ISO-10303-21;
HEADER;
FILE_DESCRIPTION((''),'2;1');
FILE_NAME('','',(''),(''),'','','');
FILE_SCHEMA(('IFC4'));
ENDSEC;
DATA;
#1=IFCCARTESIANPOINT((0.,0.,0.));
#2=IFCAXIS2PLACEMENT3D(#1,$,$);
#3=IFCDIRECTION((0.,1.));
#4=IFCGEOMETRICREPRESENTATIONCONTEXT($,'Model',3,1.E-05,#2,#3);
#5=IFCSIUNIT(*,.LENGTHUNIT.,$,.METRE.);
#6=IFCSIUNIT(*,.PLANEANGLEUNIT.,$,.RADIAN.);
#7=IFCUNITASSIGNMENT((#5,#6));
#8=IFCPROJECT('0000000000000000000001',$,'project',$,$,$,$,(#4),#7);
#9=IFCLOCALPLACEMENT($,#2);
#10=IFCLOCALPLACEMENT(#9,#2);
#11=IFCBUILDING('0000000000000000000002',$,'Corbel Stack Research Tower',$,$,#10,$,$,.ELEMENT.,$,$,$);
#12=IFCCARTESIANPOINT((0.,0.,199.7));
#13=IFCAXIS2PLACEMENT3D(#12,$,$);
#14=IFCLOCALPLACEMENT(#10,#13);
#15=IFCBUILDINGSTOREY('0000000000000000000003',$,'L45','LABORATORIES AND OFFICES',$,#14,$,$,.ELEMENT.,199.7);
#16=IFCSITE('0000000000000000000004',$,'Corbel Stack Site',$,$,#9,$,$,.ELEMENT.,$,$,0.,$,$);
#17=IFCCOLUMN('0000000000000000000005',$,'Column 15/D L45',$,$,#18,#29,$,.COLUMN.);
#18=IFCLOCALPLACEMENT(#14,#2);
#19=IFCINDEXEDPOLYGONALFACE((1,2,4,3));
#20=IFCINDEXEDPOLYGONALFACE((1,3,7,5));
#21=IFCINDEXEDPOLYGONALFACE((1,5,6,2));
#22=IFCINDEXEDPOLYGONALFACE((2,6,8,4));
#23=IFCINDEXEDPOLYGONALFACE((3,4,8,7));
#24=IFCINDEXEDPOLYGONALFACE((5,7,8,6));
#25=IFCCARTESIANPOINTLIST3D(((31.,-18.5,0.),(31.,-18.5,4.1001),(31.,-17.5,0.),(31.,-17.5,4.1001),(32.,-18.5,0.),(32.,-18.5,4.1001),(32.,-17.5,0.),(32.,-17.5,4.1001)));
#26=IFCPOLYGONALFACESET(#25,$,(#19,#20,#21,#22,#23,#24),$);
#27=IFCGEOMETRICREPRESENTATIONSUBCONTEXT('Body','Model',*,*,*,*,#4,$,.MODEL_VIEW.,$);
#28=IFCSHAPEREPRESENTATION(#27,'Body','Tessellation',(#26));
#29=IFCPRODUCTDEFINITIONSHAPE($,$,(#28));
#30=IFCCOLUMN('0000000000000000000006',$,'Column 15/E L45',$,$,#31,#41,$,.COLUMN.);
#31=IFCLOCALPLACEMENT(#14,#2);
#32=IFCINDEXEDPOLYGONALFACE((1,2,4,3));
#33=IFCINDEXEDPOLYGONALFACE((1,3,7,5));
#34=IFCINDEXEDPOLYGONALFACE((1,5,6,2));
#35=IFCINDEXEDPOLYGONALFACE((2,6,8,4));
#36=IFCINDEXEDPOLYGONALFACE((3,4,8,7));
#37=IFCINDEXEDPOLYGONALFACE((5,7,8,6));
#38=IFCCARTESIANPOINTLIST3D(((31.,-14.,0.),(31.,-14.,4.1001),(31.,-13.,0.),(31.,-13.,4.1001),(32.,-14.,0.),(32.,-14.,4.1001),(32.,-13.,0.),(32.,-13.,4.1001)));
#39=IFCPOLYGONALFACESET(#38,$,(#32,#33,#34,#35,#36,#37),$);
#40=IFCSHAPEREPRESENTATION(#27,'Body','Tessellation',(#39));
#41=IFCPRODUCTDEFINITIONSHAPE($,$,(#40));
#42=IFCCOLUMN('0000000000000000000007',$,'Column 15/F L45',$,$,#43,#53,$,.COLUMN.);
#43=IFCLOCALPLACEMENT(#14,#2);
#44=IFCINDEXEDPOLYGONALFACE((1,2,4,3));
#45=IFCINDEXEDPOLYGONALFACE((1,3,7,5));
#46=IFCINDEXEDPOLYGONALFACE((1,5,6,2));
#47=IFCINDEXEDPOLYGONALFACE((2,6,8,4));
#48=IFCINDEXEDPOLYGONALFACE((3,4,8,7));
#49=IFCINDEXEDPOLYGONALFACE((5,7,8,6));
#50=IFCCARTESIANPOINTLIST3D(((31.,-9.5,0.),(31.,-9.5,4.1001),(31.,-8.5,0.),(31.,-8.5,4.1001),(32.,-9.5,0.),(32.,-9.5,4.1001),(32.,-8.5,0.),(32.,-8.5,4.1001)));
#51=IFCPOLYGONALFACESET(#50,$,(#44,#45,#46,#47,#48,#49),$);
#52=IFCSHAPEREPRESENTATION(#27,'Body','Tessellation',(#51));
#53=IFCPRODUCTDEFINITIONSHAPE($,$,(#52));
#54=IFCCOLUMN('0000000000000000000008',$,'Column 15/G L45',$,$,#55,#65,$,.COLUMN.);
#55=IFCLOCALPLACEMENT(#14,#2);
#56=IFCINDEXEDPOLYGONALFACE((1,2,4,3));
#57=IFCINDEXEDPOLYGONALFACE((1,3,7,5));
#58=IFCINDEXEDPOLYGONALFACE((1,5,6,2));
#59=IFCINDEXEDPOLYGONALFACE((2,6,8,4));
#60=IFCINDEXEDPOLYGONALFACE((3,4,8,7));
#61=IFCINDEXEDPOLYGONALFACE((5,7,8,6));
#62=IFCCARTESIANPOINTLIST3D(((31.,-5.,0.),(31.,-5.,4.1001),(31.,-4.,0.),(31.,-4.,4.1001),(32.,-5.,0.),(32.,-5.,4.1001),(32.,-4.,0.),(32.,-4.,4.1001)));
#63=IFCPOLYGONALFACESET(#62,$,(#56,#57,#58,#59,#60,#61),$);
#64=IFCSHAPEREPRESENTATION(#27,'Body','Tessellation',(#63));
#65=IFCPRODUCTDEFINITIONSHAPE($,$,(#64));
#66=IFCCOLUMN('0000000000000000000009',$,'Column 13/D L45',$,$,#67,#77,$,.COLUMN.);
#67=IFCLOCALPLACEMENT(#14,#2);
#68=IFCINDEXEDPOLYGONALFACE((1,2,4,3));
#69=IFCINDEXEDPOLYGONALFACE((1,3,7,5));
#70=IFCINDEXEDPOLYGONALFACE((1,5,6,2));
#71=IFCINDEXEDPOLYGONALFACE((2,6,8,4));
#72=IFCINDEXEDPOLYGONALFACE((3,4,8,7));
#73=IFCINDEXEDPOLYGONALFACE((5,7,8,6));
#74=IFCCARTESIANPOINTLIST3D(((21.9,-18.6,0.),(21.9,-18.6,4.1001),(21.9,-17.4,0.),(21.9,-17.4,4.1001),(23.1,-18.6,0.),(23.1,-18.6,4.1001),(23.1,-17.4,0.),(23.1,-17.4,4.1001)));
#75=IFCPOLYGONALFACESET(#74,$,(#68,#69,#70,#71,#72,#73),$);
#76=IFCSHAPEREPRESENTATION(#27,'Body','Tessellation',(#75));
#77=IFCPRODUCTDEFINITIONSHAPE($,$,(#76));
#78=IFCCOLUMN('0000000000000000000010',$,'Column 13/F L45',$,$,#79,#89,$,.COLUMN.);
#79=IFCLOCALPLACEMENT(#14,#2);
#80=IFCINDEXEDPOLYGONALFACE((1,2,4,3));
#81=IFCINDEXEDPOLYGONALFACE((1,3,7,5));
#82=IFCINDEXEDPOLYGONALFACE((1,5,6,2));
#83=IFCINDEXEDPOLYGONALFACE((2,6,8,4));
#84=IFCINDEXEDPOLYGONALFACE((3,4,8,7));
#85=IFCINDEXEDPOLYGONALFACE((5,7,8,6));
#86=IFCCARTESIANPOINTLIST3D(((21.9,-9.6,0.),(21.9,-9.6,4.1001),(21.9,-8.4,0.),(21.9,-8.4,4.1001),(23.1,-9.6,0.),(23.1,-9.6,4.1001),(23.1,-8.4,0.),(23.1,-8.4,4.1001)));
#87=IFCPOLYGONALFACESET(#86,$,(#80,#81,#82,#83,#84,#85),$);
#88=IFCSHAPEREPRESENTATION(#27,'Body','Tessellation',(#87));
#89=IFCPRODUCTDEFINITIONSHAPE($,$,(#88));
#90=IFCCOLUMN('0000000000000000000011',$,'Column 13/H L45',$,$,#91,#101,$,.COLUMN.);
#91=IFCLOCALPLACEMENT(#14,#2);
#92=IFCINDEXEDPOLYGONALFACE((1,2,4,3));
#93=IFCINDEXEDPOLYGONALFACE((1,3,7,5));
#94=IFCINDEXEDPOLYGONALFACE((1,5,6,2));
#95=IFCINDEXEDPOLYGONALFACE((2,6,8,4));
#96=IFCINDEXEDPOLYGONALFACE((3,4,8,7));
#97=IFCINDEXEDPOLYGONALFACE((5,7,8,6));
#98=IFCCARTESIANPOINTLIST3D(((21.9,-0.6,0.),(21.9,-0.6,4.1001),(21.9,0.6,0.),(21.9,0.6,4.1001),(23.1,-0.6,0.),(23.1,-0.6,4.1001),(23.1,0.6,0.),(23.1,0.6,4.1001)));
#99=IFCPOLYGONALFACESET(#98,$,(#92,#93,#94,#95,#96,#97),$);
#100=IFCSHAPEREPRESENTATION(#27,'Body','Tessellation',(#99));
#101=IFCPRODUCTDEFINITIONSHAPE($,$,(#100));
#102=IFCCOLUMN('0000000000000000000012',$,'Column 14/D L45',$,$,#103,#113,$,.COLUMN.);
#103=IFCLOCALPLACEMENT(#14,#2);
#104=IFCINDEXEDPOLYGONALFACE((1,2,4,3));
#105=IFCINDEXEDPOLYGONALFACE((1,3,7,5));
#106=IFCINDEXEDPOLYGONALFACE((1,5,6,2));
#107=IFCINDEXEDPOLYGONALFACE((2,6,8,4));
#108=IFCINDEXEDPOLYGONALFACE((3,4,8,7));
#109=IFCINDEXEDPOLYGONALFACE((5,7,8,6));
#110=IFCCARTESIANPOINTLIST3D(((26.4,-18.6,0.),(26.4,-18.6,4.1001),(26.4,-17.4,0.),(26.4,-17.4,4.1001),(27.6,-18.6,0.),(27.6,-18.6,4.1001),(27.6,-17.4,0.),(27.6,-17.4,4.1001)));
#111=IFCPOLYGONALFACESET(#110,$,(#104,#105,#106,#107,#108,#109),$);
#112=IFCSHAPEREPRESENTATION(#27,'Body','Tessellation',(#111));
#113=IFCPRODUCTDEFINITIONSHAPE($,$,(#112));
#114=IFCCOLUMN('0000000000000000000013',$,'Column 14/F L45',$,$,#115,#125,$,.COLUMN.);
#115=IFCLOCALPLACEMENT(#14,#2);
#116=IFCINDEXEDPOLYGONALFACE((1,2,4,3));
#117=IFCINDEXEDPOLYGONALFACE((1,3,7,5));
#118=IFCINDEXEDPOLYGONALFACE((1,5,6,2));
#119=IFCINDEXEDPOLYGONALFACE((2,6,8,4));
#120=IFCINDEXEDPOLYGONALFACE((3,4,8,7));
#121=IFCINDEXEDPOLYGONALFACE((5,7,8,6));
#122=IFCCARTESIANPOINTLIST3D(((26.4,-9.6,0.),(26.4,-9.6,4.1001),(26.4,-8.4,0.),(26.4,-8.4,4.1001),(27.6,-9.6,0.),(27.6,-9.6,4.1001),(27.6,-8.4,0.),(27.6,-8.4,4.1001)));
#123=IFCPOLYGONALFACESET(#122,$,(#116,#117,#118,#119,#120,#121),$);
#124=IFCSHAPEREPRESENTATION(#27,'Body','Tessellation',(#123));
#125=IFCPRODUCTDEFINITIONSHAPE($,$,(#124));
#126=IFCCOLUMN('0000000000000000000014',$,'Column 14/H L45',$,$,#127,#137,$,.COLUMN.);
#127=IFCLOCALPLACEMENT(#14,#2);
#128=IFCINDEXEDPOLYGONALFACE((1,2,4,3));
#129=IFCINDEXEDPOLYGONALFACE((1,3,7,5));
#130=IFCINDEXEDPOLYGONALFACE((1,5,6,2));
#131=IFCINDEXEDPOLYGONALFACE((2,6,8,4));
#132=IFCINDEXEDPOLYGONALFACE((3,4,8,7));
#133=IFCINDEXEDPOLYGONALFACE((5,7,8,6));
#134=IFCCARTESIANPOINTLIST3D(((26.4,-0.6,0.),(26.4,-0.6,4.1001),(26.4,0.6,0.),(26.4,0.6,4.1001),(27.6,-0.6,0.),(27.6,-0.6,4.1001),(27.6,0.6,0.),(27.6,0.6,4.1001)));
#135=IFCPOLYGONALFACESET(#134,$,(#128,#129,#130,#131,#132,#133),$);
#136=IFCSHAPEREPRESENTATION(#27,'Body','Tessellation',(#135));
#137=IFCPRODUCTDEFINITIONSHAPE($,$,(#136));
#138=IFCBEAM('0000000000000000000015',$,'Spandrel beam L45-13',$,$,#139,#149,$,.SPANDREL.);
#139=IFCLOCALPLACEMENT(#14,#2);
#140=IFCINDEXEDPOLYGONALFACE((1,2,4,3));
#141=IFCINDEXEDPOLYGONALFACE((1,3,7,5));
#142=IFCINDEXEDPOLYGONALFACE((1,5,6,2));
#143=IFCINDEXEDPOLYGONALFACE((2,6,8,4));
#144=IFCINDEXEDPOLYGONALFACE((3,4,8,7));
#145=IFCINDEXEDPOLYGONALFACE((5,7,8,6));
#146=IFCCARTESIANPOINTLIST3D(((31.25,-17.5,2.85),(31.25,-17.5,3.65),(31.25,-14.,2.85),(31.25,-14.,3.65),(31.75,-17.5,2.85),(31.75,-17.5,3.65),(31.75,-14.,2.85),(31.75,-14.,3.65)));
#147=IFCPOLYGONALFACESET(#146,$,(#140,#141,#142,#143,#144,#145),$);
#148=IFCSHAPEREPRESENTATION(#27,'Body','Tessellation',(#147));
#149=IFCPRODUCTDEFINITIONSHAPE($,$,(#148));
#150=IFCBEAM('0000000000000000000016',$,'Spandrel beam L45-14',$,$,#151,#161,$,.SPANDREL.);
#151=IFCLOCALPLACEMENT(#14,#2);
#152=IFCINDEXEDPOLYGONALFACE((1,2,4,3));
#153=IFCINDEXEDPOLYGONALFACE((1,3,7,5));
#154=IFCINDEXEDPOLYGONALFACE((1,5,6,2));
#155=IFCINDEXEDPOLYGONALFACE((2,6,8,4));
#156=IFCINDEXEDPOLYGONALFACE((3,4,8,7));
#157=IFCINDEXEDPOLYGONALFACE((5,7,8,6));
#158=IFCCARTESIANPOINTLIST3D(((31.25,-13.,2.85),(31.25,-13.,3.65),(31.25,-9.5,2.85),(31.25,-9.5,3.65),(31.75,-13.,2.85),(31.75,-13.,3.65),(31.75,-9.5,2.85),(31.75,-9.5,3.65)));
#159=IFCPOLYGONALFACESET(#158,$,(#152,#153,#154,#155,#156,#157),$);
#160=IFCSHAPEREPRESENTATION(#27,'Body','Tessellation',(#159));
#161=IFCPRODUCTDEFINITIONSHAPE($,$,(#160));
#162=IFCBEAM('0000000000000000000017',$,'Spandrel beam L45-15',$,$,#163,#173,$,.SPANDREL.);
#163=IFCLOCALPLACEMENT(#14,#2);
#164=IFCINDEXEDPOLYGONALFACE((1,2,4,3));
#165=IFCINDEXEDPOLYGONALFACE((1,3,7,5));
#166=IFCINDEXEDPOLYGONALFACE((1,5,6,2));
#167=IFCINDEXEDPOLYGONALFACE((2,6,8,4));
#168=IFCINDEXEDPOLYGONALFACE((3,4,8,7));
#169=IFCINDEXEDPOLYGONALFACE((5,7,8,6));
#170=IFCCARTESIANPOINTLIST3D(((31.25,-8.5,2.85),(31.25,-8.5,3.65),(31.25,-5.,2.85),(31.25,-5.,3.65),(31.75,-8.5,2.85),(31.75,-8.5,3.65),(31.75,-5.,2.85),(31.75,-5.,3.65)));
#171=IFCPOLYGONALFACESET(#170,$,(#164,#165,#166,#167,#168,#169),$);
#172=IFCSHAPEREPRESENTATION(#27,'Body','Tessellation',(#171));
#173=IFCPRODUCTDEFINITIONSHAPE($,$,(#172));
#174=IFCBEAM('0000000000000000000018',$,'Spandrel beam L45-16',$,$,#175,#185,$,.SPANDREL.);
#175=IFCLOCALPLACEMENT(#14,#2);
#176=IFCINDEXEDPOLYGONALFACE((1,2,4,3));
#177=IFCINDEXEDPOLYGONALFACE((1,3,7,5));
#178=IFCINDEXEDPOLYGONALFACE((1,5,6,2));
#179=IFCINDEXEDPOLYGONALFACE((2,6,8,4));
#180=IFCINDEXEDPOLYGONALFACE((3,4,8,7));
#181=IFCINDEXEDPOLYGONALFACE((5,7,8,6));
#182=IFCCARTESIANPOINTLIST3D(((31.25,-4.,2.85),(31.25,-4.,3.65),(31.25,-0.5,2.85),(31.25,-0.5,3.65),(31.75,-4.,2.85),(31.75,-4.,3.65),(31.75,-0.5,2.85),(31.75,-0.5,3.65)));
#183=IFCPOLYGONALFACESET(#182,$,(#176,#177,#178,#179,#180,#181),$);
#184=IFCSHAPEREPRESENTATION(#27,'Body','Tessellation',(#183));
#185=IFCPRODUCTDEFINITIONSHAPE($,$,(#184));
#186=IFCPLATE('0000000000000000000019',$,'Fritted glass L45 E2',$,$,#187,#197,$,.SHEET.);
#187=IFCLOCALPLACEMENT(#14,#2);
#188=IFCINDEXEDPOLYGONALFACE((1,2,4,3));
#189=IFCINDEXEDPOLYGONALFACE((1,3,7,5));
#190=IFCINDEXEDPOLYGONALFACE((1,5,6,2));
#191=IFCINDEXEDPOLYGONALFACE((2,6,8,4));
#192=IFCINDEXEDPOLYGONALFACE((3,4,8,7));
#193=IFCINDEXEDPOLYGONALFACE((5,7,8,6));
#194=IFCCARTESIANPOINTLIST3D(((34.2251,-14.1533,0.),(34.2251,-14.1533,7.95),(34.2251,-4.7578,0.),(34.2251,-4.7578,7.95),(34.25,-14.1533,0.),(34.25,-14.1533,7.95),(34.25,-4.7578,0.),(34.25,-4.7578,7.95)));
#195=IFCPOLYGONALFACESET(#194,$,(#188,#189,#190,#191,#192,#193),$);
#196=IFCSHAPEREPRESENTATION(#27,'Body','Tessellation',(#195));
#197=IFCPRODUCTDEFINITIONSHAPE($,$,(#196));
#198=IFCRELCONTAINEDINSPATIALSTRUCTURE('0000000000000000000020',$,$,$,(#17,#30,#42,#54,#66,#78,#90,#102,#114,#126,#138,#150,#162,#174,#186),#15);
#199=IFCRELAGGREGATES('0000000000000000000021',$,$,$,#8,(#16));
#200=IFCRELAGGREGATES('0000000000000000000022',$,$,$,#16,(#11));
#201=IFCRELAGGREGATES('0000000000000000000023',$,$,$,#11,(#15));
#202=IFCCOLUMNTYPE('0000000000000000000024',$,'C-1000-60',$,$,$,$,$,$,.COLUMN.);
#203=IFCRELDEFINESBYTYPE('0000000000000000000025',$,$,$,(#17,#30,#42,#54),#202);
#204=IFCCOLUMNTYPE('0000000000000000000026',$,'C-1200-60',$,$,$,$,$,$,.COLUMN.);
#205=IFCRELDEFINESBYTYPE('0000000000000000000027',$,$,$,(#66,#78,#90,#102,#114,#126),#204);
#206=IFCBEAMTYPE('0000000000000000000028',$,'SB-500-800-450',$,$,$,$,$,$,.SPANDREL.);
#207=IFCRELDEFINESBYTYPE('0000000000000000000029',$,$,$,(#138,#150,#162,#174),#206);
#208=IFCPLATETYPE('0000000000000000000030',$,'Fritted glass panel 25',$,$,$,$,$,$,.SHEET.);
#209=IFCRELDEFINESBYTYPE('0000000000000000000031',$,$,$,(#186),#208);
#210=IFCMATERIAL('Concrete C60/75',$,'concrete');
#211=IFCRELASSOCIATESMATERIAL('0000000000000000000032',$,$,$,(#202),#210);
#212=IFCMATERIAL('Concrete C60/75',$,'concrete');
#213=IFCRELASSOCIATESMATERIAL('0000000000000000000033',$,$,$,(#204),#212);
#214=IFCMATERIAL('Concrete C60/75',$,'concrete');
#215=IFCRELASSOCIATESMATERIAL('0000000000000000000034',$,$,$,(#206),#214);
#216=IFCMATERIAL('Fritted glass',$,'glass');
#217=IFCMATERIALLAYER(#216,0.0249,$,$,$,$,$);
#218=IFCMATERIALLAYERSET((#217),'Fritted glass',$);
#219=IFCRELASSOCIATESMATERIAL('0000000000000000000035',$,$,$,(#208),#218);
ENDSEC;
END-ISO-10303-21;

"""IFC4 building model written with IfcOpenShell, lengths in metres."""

from ifc_helpers import new_model, si_unit, direction, frame, origin, origin_2d, place, context, subcontext, project, spatial, rectangle, extrude, material, layer, layer_set, material_profile, profile_set, type_object, element, save


model = new_model("IFC4")

# Units and contexts
model_context = context("Model", 3, precision=1e-05, world=origin(), true_north=direction((0.0, 1.0)))
body_context = subcontext(model_context, "Body", "Model", "MODEL_VIEW")
ifc_project = project(units=[si_unit("LENGTHUNIT", "METRE"), si_unit("PLANEANGLEUNIT", "RADIAN")], contexts=[model_context])

# Site, building, storey
site_placement = place(None, origin())
site = spatial("IfcSite", under=ifc_project, at=site_placement, Name="Corbel Stack Site", CompositionType="ELEMENT", RefElevation=0.0)
building_placement = place(site_placement, origin())
building = spatial("IfcBuilding", under=site, at=building_placement, Name="Corbel Stack Research Tower", CompositionType="ELEMENT")
storey_placement = place(building_placement, frame((0.0, 0.0, 199.7)))
storey = spatial("IfcBuildingStorey", under=building, at=storey_placement, Name="L45", Description="LABORATORIES AND OFFICES", CompositionType="ELEMENT", Elevation=199.7)

# Columns
ifc_material_1 = material(Name="Concrete C60/75", Category="concrete")
ifc_material_profile_1 = material_profile(ifc_material_1, rectangle(XDim=1.0, YDim=1.0, at=origin_2d()), Name="RC 1000 x 1000")
ifc_profile_set_1 = profile_set([ifc_material_profile_1], Name="Concrete C60/75")
column_type_1 = type_object("IfcColumnType", Name="C-1000-60", PredefinedType="COLUMN", material=ifc_profile_set_1)
for number, where, z_axis, x_axis, name in (
    (1, (31.5, -18.0, 0.0), (0.0, 0.0, 1.0), (1.0, 0.0, 0.0), "Column 15/D L45"),
    (2, (31.5, -13.5, 0.0), (0.0, 0.0, 1.0), (1.0, 0.0, 0.0), "Column 15/E L45"),
    (3, (31.5, -9.0, 0.0), (0.0, 0.0, 1.0), (1.0, 0.0, 0.0), "Column 15/F L45"),
    (4, (31.5, -4.5, 0.0), (0.0, 0.0, 1.0), (1.0, 0.0, 0.0), "Column 15/G L45"),
):
    element("IfcColumn", number, at=place(storey_placement, frame(where, z_axis=z_axis, x_axis=x_axis)), inside=storey, type_object=column_type_1, Name=name, PredefinedType="COLUMN", context=body_context, shape_type="SweptSolid", body=[
        extrude(rectangle(XDim=1.0, YDim=1.0, at=origin_2d()), origin(), (0.0, 0.0, 1.0), 4.1001),
    ])
ifc_material_2 = material(Name="Concrete C60/75", Category="concrete")
ifc_material_profile_2 = material_profile(ifc_material_2, rectangle(XDim=1.2, YDim=1.2, at=origin_2d()), Name="RC 1200 x 1200")
ifc_profile_set_2 = profile_set([ifc_material_profile_2], Name="Concrete C60/75")
column_type_2 = type_object("IfcColumnType", Name="C-1200-60", PredefinedType="COLUMN", material=ifc_profile_set_2)
for number, where, z_axis, x_axis, name in (
    (5, (22.5, -18.0, 0.0), (0.0, 0.0, 1.0), (1.0, 0.0, 0.0), "Column 13/D L45"),
    (6, (22.5, -9.0, 0.0), (0.0, 0.0, 1.0), (1.0, 0.0, 0.0), "Column 13/F L45"),
    (7, (22.5, 0.0, 0.0), (0.0, 0.0, 1.0), (1.0, 0.0, 0.0), "Column 13/H L45"),
    (8, (27.0, -18.0, 0.0), (0.0, 0.0, 1.0), (1.0, 0.0, 0.0), "Column 14/D L45"),
    (9, (27.0, -9.0, 0.0), (0.0, 0.0, 1.0), (1.0, 0.0, 0.0), "Column 14/F L45"),
    (10, (27.0, 0.0, 0.0), (0.0, 0.0, 1.0), (1.0, 0.0, 0.0), "Column 14/H L45"),
):
    element("IfcColumn", number, at=place(storey_placement, frame(where, z_axis=z_axis, x_axis=x_axis)), inside=storey, type_object=column_type_2, Name=name, PredefinedType="COLUMN", context=body_context, shape_type="SweptSolid", body=[
        extrude(rectangle(XDim=1.2, YDim=1.2, at=origin_2d()), origin(), (0.0, 0.0, 1.0), 4.1001),
    ])

# Beams
ifc_material_3 = material(Name="Concrete C60/75", Category="concrete")
ifc_material_profile_3 = material_profile(ifc_material_3, rectangle(XDim=0.5, YDim=0.8, at=origin_2d()), Name="RC 500 x 800")
ifc_profile_set_3 = profile_set([ifc_material_profile_3], Name="Concrete C60/75")
beam_type = type_object("IfcBeamType", Name="SB-500-800-450", PredefinedType="SPANDREL", material=ifc_profile_set_3)
for number, where, z_axis, x_axis, name in (
    (11, (31.5, -17.5, 3.25), (0.0, 1.0, 0.0), (-1.0, 0.0, 0.0), "Spandrel beam L45-13"),
    (12, (31.5, -13.0, 3.25), (0.0, 1.0, 0.0), (-1.0, 0.0, 0.0), "Spandrel beam L45-14"),
    (13, (31.5, -8.5, 3.25), (0.0, 1.0, 0.0), (-1.0, 0.0, 0.0), "Spandrel beam L45-15"),
    (14, (31.5, -4.0, 3.25), (0.0, 1.0, 0.0), (-1.0, 0.0, 0.0), "Spandrel beam L45-16"),
):
    element("IfcBeam", number, at=place(storey_placement, frame(where, z_axis=z_axis, x_axis=x_axis)), inside=storey, type_object=beam_type, Name=name, PredefinedType="SPANDREL", context=body_context, shape_type="SweptSolid", body=[
        extrude(rectangle(XDim=0.5, YDim=0.8, at=origin_2d()), origin(), (0.0, 0.0, 1.0), 3.5),
    ])

# Plate
ifc_material_4 = material(Name="Fritted glass", Category="glass")
ifc_layer_1 = layer(ifc_material_4, 0.0249)
ifc_layer_set_1 = layer_set([ifc_layer_1], Name="Fritted glass")
plate_type = type_object("IfcPlateType", Name="Fritted glass panel 25", PredefinedType="SHEET", material=ifc_layer_set_1)
plate_placement = place(storey_placement, frame((34.2375, -9.4556, 0.0), z_axis=(0.0, 0.0, 1.0), x_axis=(0.0, 1.0, 0.0)))
element("IfcPlate", 15, at=plate_placement, inside=storey, type_object=plate_type, Name="Fritted glass L45 E2", PredefinedType="SHEET", context=body_context, shape_type="SweptSolid", body=[
    extrude(rectangle(XDim=9.3955, YDim=0.0249, at=origin_2d()), origin(), (0.0, 0.0, 1.0), 7.95),
])

save(model, "model.ifc")
